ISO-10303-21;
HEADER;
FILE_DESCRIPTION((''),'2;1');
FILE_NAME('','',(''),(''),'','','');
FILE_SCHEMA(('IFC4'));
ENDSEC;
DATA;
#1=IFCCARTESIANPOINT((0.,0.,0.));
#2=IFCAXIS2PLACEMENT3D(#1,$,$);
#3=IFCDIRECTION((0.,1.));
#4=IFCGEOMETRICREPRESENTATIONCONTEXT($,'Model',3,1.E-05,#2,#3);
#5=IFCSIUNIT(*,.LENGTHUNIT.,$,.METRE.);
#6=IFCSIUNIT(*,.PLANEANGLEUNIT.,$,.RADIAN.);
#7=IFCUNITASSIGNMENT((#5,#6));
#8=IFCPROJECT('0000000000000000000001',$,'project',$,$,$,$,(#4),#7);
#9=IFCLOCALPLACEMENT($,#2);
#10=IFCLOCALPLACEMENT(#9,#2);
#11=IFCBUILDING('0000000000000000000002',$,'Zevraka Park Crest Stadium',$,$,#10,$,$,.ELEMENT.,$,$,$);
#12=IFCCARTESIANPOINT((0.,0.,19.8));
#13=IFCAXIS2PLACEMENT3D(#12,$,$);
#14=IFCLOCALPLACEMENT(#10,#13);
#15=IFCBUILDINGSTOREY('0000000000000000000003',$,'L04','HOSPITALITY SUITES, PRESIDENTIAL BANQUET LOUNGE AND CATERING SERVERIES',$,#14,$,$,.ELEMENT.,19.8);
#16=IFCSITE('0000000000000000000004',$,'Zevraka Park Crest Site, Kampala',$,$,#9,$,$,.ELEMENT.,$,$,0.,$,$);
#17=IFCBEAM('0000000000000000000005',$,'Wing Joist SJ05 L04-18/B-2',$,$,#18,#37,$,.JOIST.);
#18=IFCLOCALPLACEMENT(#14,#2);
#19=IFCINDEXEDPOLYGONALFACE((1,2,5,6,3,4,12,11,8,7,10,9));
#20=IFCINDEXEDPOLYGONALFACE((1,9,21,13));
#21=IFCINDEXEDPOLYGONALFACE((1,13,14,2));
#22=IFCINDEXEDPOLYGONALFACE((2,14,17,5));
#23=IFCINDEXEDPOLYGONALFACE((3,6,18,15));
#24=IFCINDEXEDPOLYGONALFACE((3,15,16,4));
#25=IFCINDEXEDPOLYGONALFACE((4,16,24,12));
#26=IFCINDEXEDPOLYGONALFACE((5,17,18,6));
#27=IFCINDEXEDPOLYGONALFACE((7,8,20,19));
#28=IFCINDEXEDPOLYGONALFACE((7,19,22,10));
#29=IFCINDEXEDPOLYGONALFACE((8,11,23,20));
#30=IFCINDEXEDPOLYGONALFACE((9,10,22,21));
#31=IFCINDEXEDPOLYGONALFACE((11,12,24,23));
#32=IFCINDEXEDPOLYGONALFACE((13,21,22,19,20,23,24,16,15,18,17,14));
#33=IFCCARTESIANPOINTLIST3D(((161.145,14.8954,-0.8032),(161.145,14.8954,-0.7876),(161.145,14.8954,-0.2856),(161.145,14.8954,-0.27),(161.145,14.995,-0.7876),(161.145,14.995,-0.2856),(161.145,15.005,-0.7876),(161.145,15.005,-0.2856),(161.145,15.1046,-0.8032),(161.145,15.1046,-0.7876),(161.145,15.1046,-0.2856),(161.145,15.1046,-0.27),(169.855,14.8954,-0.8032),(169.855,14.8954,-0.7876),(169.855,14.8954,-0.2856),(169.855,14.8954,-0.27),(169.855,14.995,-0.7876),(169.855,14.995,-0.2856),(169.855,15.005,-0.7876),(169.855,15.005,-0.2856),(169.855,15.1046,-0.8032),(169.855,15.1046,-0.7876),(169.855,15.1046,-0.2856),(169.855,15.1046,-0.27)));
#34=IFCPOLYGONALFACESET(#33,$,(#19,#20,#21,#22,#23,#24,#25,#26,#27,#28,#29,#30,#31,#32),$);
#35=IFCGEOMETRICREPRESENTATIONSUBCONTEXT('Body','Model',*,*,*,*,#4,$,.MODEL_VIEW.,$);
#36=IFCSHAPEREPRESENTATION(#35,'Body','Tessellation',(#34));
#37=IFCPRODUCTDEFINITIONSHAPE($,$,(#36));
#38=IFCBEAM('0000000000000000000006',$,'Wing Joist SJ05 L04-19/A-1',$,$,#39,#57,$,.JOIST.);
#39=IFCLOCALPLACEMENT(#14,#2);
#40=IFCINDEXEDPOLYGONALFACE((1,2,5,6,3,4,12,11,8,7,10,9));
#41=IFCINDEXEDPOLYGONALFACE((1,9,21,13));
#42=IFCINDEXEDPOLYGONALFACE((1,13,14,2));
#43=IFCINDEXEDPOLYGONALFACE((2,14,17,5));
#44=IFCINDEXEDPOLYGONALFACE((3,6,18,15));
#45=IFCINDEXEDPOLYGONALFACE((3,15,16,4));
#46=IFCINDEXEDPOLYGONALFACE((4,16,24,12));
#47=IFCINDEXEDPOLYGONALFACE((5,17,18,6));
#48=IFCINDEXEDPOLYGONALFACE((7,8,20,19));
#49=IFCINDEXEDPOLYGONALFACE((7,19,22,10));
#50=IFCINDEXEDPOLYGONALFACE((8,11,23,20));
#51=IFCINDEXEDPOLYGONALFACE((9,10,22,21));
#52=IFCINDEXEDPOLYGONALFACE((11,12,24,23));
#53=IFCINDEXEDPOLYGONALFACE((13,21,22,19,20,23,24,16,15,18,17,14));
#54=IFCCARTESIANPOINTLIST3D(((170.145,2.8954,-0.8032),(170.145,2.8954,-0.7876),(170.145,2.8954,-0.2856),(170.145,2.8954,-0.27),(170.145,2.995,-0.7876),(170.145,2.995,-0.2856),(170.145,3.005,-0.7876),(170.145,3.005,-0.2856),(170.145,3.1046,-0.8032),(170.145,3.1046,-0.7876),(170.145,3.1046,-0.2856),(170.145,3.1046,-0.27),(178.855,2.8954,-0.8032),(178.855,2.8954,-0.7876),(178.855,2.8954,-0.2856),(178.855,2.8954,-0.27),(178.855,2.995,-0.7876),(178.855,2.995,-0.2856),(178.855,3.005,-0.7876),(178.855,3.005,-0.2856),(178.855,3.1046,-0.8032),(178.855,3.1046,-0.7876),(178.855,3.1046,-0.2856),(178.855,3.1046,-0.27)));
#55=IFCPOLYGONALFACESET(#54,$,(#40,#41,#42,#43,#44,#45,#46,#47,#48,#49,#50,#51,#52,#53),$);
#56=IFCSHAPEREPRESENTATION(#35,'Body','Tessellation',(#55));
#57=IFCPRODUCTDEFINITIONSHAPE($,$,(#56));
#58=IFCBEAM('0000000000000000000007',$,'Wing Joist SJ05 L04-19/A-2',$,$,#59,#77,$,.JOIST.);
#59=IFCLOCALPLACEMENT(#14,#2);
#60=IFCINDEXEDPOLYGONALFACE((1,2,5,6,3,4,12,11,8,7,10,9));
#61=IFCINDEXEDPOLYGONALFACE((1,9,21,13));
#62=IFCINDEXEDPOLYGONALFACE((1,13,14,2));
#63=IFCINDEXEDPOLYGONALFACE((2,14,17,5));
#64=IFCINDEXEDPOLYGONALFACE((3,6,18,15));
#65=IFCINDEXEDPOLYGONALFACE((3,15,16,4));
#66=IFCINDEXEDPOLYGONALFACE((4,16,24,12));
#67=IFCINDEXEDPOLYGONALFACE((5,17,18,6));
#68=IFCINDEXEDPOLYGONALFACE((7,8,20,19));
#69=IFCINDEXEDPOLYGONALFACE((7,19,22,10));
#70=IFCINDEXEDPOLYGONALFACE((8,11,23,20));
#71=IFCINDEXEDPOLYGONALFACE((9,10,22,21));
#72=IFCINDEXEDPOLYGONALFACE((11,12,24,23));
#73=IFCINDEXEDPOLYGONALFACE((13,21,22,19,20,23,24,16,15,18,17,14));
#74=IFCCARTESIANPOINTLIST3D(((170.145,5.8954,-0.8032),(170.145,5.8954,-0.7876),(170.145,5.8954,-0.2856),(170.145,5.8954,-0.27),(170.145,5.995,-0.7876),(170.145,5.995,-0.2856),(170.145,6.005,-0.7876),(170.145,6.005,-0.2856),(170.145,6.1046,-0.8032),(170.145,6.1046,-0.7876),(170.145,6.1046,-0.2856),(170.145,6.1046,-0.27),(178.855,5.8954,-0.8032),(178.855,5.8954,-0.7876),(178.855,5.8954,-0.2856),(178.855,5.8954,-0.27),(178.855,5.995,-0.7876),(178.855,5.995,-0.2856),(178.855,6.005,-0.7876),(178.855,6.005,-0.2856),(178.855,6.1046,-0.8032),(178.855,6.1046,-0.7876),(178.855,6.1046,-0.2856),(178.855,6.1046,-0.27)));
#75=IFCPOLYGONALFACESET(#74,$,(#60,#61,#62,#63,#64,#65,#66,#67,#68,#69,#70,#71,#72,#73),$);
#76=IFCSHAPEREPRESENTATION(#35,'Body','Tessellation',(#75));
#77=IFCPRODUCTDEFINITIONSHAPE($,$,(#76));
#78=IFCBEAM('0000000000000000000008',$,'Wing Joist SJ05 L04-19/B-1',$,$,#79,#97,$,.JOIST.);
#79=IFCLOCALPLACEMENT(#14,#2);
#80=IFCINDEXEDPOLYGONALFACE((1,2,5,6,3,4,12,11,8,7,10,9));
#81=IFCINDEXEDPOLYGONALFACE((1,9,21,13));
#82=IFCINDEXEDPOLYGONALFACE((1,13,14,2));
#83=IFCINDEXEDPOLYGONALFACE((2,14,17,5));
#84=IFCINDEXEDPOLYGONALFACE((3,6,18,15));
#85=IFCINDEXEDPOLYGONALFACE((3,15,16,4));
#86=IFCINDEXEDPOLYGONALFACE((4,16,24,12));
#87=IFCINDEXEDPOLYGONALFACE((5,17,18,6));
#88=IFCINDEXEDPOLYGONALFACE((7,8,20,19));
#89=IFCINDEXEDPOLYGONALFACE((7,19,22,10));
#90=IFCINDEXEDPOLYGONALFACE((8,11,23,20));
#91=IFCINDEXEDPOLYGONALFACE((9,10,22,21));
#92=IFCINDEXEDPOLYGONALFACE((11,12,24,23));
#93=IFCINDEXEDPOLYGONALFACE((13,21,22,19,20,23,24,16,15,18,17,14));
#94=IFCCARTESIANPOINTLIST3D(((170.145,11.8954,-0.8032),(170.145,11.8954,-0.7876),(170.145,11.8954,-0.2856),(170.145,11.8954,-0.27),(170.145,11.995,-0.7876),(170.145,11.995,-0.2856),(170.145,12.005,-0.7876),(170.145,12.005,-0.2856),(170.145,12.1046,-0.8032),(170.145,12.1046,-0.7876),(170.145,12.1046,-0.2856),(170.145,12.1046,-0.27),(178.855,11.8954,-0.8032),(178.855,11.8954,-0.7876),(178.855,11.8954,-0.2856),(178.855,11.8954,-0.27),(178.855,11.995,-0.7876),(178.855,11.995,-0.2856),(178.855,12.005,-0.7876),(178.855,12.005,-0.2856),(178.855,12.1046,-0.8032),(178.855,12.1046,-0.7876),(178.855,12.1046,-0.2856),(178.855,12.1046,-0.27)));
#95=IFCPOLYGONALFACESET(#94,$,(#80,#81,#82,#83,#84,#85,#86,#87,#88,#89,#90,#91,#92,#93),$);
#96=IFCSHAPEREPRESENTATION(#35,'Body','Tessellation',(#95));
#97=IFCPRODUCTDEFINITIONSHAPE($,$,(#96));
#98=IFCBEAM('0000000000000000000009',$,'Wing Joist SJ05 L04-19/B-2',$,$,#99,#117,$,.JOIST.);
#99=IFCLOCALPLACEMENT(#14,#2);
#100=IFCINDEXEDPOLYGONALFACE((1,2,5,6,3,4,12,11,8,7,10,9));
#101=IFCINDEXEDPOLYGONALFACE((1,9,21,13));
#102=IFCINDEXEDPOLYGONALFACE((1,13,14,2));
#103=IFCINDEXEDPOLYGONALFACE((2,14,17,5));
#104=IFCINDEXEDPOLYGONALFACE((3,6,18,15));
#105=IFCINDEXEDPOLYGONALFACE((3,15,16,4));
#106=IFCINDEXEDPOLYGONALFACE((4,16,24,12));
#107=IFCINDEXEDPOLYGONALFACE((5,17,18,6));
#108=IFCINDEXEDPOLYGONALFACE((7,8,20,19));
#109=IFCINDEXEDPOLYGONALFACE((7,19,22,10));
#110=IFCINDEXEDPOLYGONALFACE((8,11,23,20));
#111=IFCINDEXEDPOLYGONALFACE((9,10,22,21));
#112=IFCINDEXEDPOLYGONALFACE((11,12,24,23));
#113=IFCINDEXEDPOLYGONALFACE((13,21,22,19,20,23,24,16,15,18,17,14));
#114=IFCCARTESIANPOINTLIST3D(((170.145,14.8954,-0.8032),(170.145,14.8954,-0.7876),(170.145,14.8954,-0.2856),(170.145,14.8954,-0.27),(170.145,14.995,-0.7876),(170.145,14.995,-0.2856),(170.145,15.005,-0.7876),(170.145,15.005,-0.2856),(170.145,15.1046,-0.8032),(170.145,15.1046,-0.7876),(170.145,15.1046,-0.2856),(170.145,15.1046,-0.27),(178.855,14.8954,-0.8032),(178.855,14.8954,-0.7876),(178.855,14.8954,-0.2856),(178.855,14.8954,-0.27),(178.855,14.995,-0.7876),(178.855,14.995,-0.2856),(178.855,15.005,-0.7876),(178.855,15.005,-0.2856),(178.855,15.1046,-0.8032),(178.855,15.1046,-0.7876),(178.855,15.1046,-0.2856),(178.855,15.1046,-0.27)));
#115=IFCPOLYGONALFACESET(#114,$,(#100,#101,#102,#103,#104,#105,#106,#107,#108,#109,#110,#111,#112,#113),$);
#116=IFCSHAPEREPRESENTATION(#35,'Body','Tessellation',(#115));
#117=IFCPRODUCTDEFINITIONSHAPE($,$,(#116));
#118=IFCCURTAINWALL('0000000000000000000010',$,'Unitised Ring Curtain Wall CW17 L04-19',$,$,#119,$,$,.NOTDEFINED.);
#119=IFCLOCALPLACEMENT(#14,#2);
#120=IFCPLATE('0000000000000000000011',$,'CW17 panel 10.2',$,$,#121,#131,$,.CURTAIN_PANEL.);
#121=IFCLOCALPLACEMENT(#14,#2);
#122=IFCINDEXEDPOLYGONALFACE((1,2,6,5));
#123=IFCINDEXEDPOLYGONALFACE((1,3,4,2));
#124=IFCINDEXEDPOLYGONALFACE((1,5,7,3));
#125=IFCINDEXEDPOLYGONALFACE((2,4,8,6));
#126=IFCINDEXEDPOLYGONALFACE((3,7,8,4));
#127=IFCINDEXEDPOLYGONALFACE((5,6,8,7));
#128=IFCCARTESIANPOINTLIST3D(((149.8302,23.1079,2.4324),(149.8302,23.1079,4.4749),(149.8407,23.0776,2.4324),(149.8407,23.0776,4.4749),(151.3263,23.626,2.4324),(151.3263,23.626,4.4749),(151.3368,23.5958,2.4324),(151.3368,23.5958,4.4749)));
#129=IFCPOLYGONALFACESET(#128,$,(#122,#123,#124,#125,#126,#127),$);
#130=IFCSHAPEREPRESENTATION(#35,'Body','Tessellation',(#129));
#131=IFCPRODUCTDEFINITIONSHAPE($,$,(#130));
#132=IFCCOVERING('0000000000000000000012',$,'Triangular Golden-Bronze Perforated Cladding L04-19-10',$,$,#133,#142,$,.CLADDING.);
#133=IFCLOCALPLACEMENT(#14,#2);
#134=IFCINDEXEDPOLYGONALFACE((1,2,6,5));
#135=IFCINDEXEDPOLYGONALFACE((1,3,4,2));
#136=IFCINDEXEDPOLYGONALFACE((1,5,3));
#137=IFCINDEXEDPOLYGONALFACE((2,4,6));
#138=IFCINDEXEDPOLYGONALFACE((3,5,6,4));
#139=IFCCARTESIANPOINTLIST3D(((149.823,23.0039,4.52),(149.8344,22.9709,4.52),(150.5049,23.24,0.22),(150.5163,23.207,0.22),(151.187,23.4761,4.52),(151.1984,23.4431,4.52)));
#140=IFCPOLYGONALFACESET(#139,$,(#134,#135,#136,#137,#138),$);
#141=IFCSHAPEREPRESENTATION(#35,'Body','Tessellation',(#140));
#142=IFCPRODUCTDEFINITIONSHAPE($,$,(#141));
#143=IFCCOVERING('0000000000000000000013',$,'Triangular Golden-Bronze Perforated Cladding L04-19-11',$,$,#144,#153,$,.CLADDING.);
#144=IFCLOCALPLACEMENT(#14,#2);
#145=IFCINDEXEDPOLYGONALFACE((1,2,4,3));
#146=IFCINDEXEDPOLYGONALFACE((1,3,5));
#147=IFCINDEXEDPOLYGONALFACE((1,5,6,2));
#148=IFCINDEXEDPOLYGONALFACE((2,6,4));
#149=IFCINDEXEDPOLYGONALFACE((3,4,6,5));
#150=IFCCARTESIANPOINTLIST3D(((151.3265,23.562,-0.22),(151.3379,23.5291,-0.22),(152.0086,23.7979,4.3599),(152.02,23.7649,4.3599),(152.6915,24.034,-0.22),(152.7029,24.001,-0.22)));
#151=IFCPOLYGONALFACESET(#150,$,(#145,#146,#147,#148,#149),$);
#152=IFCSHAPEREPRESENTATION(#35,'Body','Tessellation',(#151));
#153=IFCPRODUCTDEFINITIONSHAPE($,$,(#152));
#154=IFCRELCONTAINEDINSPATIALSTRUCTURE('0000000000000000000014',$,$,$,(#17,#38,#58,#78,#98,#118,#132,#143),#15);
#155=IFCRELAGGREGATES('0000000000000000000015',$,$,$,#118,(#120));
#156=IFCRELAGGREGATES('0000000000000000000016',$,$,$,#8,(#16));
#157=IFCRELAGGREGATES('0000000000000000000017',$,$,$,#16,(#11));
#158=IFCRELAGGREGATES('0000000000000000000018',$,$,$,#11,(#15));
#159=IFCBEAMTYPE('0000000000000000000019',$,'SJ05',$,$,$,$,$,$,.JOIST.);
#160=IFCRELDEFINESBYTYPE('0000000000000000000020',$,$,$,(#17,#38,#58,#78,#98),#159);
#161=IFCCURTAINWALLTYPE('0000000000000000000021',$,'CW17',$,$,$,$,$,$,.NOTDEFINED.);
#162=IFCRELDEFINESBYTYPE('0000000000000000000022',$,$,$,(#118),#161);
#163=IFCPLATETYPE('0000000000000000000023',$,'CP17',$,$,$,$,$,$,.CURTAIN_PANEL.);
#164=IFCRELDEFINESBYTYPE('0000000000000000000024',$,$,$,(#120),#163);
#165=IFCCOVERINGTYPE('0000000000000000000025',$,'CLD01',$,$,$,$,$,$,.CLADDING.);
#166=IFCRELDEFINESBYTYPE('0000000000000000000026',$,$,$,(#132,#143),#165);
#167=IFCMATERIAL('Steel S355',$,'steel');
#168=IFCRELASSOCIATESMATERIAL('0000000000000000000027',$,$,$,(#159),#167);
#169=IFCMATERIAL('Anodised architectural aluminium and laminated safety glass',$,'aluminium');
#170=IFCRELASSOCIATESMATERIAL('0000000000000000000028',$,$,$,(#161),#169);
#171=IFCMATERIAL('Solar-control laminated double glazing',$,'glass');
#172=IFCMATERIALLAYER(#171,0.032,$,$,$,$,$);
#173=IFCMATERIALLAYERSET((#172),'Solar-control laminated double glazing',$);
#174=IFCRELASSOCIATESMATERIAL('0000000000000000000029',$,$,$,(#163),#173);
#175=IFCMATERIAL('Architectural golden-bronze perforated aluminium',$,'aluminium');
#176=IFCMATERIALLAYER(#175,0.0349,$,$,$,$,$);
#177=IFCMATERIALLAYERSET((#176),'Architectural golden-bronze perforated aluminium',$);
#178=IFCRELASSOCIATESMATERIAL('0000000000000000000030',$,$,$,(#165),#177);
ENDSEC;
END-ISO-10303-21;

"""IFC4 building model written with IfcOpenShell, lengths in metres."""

from ifc_helpers import new_model, si_unit, direction, frame, origin, origin_2d, place, context, subcontext, project, spatial, polyline, rectangle, i_section, outline, extrude, material, layer, layer_set, material_profile, profile_set, type_object, element, aggregate, save


model = new_model("IFC4")

# Units and contexts
model_context = context("Model", 3, precision=1e-05, world=origin(), true_north=direction((0.0, 1.0)))
body_context = subcontext(model_context, "Body", "Model", "MODEL_VIEW")
ifc_project = project(units=[si_unit("LENGTHUNIT", "METRE"), si_unit("PLANEANGLEUNIT", "RADIAN")], contexts=[model_context])

# Site, building, storey
site_placement = place(None, origin())
site = spatial("IfcSite", under=ifc_project, at=site_placement, Name="Zevraka Park Crest Site, Kampala", CompositionType="ELEMENT", RefElevation=0.0)
building_placement = place(site_placement, origin())
building = spatial("IfcBuilding", under=site, at=building_placement, Name="Zevraka Park Crest Stadium", CompositionType="ELEMENT")
storey_placement = place(building_placement, frame((0.0, 0.0, 19.8)))
storey = spatial("IfcBuildingStorey", under=building, at=storey_placement, Name="L04", Description="HOSPITALITY SUITES, PRESIDENTIAL BANQUET LOUNGE AND CATERING SERVERIES", CompositionType="ELEMENT", Elevation=19.8)

# Beams
ifc_material_1 = material(Name="Steel S355", Category="steel")
ifc_material_profile_1 = material_profile(ifc_material_1, i_section(OverallWidth=0.2092, OverallDepth=0.5332, WebThickness=0.01, FlangeThickness=0.0156, at=origin_2d()), Name="UKB 533x210x92")
ifc_profile_set_1 = profile_set([ifc_material_profile_1], Name="Steel S355")
beam_type_1 = type_object("IfcBeamType", Name="SJ05", PredefinedType="JOIST", material=ifc_profile_set_1)
for number, where, z_axis, x_axis, name in (
    (1, (161.145, 15.0, -0.5366), (1.0, 0.0, 0.0), (0.0, 1.0, 0.0), "Wing Joist SJ05 L04-18/B-2"),
    (2, (170.145, 3.0, -0.5366), (1.0, 0.0, 0.0), (0.0, 1.0, 0.0), "Wing Joist SJ05 L04-19/A-1"),
    (3, (170.145, 6.0, -0.5366), (1.0, 0.0, 0.0), (0.0, 1.0, 0.0), "Wing Joist SJ05 L04-19/A-2"),
    (4, (170.145, 12.0, -0.5366), (1.0, 0.0, 0.0), (0.0, 1.0, 0.0), "Wing Joist SJ05 L04-19/B-1"),
    (5, (170.145, 15.0, -0.5366), (1.0, 0.0, 0.0), (0.0, 1.0, 0.0), "Wing Joist SJ05 L04-19/B-2"),
):
    element("IfcBeam", number, at=place(storey_placement, frame(where, z_axis=z_axis, x_axis=x_axis)), inside=storey, type_object=beam_type_1, Name=name, PredefinedType="JOIST", context=body_context, shape_type="SweptSolid", body=[
        extrude(i_section(OverallWidth=0.2092, OverallDepth=0.5332, WebThickness=0.01, FlangeThickness=0.0156, at=origin_2d()), origin(), (0.0, 0.0, 1.0), 8.71),
    ])

# Curtain wall, plate
ifc_material_2 = material(Name="Anodised architectural aluminium and laminated safety glass", Category="aluminium")
curtain_wall_type = type_object("IfcCurtainWallType", Name="CW17", PredefinedType="NOTDEFINED", material=ifc_material_2)
curtain_wall_placement = place(storey_placement, origin())
curtain_wall = element("IfcCurtainWall", 6, at=curtain_wall_placement, inside=storey, type_object=curtain_wall_type, Name="Unitised Ring Curtain Wall CW17 L04-19", PredefinedType="NOTDEFINED")
ifc_material_3 = material(Name="Solar-control laminated double glazing", Category="glass")
ifc_layer_1 = layer(ifc_material_3, 0.032)
ifc_layer_set_1 = layer_set([ifc_layer_1], Name="Solar-control laminated double glazing")
plate_type = type_object("IfcPlateType", Name="CP17", PredefinedType="CURTAIN_PANEL", material=ifc_layer_set_1)
plate_placement = place(storey_placement, frame((150.5835, 23.3518, 2.4324), z_axis=(0.0, 0.0, 1.0), x_axis=(0.94494, 0.327245, 0.0)))
plate = element("IfcPlate", 7, at=plate_placement, type_object=plate_type, Name="CW17 panel 10.2", PredefinedType="CURTAIN_PANEL", context=body_context, shape_type="SweptSolid", body=[
    extrude(rectangle(XDim=1.5833, YDim=0.032, at=origin_2d()), origin(), (0.0, 0.0, 1.0), 2.0425),
])
aggregate(curtain_wall, [plate])

# Coverings
ifc_material_4 = material(Name="Architectural golden-bronze perforated aluminium", Category="aluminium")
ifc_layer_2 = layer(ifc_material_4, 0.0349)
ifc_layer_set_2 = layer_set([ifc_layer_2], Name="Architectural golden-bronze perforated aluminium")
covering_type = type_object("IfcCoveringType", Name="CLD01", PredefinedType="CLADDING", material=ifc_layer_set_2)
covering_1_placement = place(storey_placement, frame((151.187, 23.4761, 4.52), z_axis=(-0.327116, 0.944984, 0.000009), x_axis=(-0.944984, -0.327116, 0.0)))
element("IfcCovering", 8, at=covering_1_placement, inside=storey, type_object=covering_type, Name="Triangular Golden-Bronze Perforated Cladding L04-19-10", PredefinedType="CLADDING", context=body_context, shape_type="SweptSolid", body=[
    extrude(outline(polyline([(0.0, 0.0), (1.4434, 0.0), (0.7218, -4.3), (0.0, 0.0)])), origin(), (0.0, 0.0, -1.0), 0.0349),
])
covering_2_placement = place(storey_placement, frame((151.3379, 23.5291, -0.22), z_axis=(0.326756, -0.945109, 0.000001), x_axis=(0.945109, 0.326756, 0.0)))
element("IfcCovering", 9, at=covering_2_placement, inside=storey, type_object=covering_type, Name="Triangular Golden-Bronze Perforated Cladding L04-19-11", PredefinedType="CLADDING", context=body_context, shape_type="SweptSolid", body=[
    extrude(outline(polyline([(0.0, 0.0), (1.4443, 0.0), (0.7217, 4.5798), (0.0, 0.0)])), origin(), (0.0, 0.0, -1.0), 0.0349),
])

save(model, "model.ifc")
